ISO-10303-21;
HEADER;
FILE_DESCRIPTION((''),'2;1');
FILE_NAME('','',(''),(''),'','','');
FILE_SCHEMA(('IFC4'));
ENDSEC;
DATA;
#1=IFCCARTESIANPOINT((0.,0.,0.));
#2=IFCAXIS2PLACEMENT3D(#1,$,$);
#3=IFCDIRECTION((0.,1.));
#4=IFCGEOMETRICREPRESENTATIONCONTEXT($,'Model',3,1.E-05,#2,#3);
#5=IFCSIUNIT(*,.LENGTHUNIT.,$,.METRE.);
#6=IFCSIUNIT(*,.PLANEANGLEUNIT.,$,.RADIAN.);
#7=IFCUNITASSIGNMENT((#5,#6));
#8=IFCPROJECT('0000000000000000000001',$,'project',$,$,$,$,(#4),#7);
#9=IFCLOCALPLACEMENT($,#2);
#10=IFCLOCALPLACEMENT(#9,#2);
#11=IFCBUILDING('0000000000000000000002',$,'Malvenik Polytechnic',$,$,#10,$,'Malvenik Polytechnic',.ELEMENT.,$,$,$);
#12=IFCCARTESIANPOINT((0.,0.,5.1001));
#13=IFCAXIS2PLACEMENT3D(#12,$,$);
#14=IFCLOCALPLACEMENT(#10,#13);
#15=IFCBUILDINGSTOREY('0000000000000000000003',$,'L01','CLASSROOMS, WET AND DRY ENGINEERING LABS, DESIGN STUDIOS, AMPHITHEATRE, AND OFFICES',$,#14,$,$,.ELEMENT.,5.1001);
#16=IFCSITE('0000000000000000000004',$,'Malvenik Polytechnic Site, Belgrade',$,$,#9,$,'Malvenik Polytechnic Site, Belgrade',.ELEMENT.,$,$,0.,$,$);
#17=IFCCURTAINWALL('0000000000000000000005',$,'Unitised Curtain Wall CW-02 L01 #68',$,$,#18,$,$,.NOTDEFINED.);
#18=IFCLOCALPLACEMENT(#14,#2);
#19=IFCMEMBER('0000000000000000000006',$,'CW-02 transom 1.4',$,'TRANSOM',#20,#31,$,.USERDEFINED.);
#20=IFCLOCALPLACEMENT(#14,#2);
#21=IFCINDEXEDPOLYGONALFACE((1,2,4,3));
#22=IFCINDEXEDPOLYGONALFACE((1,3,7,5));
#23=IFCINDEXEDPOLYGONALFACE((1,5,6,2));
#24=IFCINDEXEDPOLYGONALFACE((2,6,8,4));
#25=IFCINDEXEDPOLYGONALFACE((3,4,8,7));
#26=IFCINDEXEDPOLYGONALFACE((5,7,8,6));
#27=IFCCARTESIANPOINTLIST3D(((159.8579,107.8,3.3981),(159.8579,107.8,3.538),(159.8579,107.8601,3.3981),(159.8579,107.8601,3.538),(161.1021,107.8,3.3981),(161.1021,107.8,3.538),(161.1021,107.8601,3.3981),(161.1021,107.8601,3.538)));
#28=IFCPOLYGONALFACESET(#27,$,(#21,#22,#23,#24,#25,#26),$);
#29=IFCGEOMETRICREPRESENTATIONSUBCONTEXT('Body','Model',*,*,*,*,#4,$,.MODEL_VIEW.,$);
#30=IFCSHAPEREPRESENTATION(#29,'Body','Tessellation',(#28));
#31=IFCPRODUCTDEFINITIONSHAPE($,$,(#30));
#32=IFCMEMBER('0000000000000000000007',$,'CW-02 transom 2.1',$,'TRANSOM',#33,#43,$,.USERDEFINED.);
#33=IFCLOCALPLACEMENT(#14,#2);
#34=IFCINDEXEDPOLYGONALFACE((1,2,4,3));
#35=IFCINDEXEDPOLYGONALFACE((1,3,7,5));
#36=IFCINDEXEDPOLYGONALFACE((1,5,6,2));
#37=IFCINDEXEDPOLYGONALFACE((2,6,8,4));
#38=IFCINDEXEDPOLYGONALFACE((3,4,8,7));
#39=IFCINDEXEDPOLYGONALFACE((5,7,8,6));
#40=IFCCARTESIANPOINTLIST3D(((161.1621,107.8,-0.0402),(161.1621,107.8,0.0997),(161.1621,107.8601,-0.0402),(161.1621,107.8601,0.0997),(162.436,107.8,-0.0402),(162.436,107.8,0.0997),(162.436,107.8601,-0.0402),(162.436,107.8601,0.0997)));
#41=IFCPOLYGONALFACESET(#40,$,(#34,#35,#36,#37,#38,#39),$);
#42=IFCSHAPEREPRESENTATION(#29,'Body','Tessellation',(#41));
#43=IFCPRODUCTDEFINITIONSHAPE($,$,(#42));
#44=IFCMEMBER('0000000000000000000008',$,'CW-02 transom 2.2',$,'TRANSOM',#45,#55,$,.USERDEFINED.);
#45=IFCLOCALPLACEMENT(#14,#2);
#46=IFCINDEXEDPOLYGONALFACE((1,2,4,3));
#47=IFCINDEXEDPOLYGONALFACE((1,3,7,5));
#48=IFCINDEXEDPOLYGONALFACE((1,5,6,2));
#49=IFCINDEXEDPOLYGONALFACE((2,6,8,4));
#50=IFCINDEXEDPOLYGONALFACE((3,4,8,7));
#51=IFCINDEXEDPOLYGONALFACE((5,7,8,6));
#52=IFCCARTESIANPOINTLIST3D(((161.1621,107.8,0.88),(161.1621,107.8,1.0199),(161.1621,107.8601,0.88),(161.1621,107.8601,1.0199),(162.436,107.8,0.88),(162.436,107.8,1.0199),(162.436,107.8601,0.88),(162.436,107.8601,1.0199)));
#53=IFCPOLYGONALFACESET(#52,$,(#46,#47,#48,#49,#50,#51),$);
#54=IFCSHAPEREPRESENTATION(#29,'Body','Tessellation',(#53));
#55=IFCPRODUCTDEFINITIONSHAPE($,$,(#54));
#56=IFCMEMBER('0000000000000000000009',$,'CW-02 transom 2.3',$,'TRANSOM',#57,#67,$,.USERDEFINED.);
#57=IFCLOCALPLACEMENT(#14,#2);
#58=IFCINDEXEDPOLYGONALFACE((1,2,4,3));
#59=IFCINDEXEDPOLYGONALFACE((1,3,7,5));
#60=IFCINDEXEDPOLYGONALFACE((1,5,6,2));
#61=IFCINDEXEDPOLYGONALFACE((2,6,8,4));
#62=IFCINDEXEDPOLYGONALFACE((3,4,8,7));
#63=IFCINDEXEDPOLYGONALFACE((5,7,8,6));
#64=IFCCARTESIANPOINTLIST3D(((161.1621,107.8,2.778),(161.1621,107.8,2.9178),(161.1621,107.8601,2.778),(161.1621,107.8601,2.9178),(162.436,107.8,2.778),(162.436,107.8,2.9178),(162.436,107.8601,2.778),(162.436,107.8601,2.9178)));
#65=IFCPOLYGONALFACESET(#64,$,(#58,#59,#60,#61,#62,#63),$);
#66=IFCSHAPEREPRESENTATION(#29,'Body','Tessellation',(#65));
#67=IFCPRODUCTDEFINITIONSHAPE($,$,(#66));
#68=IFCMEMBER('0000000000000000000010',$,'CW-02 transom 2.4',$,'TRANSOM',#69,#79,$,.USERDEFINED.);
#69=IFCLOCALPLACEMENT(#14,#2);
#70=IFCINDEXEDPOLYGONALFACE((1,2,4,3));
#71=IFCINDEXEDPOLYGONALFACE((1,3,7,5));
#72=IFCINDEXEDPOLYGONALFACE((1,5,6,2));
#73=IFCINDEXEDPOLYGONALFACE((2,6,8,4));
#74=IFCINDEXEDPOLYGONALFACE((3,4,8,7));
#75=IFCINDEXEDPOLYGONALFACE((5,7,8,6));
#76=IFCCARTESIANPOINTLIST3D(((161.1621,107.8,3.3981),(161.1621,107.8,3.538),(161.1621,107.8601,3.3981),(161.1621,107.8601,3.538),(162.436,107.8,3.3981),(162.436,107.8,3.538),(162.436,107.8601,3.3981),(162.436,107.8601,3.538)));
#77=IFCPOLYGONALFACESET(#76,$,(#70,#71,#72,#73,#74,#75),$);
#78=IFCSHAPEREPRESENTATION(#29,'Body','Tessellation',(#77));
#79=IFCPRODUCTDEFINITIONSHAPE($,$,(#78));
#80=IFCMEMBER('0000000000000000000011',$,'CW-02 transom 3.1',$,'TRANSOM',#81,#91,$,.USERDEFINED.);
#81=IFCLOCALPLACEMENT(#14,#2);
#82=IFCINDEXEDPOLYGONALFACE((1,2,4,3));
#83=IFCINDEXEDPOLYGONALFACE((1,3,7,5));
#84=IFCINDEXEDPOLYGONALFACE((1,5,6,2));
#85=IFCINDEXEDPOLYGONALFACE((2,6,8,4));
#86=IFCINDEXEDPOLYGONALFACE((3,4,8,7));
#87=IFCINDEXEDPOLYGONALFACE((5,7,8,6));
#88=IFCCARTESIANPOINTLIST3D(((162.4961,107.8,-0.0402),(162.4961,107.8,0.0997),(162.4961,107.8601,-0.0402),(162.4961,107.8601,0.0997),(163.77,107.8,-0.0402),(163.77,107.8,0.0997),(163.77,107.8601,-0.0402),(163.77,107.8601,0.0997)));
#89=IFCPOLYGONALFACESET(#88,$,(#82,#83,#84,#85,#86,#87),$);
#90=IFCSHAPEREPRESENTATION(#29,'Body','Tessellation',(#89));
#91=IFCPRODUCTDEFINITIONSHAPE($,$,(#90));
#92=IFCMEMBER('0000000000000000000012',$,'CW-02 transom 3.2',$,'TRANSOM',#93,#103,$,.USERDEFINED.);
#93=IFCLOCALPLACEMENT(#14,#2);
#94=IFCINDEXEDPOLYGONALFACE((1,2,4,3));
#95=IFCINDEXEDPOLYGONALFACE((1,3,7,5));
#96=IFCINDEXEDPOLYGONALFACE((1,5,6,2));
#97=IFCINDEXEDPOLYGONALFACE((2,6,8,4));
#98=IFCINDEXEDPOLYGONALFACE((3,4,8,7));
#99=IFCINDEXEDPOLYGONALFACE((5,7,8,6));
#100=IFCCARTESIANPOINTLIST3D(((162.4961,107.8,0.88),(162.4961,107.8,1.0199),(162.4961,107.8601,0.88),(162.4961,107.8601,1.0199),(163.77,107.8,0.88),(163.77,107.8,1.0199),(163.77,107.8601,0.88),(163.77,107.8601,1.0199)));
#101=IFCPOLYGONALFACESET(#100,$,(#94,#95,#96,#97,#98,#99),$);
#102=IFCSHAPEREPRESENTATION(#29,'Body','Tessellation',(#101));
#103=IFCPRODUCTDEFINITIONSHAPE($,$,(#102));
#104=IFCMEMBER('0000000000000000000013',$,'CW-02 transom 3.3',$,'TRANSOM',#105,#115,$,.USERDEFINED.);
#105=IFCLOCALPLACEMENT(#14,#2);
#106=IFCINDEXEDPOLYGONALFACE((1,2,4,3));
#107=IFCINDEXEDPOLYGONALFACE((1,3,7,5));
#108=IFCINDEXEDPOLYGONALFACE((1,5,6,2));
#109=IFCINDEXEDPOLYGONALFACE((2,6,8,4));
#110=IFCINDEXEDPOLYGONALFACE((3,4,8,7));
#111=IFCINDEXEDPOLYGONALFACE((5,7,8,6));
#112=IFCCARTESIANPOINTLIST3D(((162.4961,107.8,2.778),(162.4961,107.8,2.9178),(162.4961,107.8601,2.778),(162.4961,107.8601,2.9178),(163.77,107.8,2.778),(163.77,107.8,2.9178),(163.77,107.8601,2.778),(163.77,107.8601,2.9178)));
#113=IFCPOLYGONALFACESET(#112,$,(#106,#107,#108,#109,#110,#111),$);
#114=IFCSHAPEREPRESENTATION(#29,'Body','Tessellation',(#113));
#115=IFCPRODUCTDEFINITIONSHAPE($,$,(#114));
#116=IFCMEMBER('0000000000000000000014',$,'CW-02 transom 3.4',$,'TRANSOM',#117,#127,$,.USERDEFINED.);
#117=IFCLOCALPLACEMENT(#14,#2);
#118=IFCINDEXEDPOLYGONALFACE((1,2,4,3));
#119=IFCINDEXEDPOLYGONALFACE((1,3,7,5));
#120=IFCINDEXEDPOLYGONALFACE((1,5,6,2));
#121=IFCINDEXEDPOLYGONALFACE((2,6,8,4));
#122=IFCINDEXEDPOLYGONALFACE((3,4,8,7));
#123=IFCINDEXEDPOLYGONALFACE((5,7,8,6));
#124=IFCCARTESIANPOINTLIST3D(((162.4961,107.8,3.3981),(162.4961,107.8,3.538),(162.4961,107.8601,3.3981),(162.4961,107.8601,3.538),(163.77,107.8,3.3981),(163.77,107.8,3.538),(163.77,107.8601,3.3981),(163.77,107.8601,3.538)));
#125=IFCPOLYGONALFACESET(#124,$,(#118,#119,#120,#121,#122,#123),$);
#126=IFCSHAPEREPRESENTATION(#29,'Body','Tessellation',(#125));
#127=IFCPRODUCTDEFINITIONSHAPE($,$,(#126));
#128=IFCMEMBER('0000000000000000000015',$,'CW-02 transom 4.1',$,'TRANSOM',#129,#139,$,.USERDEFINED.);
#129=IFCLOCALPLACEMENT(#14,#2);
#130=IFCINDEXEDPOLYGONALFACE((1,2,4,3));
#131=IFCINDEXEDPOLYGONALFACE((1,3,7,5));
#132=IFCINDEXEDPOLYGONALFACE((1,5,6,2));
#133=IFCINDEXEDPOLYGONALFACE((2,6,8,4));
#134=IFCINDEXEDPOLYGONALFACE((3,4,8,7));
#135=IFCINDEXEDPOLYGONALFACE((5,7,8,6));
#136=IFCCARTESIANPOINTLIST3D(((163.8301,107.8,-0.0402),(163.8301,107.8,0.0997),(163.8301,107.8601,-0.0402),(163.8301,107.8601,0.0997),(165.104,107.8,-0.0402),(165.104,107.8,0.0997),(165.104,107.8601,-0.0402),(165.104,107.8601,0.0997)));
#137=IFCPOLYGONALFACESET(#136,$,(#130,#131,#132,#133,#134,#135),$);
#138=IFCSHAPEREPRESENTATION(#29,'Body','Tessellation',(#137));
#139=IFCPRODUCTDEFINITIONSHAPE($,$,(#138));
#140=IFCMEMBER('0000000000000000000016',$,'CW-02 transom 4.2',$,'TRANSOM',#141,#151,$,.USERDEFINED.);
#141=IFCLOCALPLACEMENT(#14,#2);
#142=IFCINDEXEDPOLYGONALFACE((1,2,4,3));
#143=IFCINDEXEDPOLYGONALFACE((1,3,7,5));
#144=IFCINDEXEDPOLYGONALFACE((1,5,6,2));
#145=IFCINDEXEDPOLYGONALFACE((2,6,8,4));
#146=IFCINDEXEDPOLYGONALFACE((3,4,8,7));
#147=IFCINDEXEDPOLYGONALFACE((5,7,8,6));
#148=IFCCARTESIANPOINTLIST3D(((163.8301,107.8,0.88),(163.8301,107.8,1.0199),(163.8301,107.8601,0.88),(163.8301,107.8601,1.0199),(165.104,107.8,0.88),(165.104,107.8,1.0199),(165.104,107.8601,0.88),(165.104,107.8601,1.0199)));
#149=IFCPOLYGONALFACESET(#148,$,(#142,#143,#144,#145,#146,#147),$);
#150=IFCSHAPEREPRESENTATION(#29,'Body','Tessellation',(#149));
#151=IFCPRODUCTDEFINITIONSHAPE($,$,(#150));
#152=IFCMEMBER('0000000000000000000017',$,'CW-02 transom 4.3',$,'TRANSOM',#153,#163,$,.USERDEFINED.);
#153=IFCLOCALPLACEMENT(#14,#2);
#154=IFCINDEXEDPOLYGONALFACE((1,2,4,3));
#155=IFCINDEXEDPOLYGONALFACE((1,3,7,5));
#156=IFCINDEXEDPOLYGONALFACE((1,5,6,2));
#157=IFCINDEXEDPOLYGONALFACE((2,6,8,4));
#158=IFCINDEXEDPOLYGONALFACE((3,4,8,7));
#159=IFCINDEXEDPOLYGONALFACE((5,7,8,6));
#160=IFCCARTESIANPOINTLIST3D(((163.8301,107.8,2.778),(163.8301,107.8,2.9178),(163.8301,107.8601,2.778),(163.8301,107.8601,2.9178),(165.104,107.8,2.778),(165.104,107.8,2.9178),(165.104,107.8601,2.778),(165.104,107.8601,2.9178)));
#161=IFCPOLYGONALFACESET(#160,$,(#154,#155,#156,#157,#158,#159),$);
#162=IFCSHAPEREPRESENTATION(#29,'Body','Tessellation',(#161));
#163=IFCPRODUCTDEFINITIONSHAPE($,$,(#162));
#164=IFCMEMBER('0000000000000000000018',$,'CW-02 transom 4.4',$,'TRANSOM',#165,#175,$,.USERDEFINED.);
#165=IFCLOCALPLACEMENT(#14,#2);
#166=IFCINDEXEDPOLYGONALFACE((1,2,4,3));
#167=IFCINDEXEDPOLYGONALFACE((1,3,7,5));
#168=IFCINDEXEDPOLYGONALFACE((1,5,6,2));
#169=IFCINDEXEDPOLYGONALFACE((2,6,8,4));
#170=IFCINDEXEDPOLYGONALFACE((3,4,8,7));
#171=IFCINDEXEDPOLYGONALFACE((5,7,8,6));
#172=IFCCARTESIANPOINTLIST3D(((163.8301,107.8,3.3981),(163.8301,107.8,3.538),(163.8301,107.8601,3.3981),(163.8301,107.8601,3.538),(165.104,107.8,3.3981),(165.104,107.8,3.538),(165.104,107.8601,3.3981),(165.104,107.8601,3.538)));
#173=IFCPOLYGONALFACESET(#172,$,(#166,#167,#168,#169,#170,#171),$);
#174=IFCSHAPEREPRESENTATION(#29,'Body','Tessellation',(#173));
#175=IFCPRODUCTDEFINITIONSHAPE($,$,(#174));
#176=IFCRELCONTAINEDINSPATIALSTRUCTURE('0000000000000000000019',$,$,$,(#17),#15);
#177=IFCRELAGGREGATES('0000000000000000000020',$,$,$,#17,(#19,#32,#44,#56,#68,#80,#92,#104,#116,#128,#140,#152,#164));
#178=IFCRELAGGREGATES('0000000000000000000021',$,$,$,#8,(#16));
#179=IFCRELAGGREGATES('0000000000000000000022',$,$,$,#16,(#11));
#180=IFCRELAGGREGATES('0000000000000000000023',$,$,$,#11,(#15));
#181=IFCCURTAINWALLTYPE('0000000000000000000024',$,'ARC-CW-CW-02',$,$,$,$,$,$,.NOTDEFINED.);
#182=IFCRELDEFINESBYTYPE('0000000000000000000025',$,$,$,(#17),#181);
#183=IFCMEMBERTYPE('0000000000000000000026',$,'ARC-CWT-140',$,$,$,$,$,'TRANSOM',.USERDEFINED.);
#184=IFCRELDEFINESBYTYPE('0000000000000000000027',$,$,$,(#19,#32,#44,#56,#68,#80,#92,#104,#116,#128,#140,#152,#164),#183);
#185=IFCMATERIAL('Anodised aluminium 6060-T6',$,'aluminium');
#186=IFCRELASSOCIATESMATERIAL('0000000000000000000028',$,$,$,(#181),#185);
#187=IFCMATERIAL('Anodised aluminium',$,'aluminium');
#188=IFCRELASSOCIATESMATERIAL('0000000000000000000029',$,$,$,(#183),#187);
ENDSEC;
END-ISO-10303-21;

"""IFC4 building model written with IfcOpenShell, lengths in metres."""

from ifc_helpers import new_model, si_unit, direction, frame, origin, origin_2d, place, context, subcontext, project, spatial, rectangle, extrude, material, material_profile, profile_set, type_object, element, aggregate, save


model = new_model("IFC4")

# Units and contexts
model_context = context("Model", 3, precision=1e-05, world=origin(), true_north=direction((0.0, 1.0)))
body_context = subcontext(model_context, "Body", "Model", "MODEL_VIEW")
ifc_project = project(units=[si_unit("LENGTHUNIT", "METRE"), si_unit("PLANEANGLEUNIT", "RADIAN")], contexts=[model_context])

# Site, building, storey
site_placement = place(None, origin())
site = spatial("IfcSite", under=ifc_project, at=site_placement, Name="Malvenik Polytechnic Site, Belgrade", LongName="Malvenik Polytechnic Site, Belgrade", CompositionType="ELEMENT", RefElevation=0.0)
building_placement = place(site_placement, origin())
building = spatial("IfcBuilding", under=site, at=building_placement, Name="Malvenik Polytechnic", LongName="Malvenik Polytechnic", CompositionType="ELEMENT")
storey_placement = place(building_placement, frame((0.0, 0.0, 5.1001)))
storey = spatial("IfcBuildingStorey", under=building, at=storey_placement, Name="L01", Description="CLASSROOMS, WET AND DRY ENGINEERING LABS, DESIGN STUDIOS, AMPHITHEATRE, AND OFFICES", CompositionType="ELEMENT", Elevation=5.1001)

# Curtain wall
ifc_material_1 = material(Name="Anodised aluminium 6060-T6", Category="aluminium")
curtain_wall_type = type_object("IfcCurtainWallType", Name="ARC-CW-CW-02", PredefinedType="NOTDEFINED", material=ifc_material_1)
curtain_wall_1_placement = place(storey_placement, origin())
curtain_wall_1 = element("IfcCurtainWall", 1, at=curtain_wall_1_placement, inside=storey, type_object=curtain_wall_type, Name="Unitised Curtain Wall CW-02 L01 #68", PredefinedType="NOTDEFINED")
ifc_material_2 = material(Name="Anodised aluminium", Category="aluminium")

# Members
ifc_material_profile_1 = material_profile(ifc_material_2, rectangle(XDim=0.0601, YDim=0.1399, at=origin_2d()), Name="ALU TRANSOM 60x140")
ifc_profile_set_1 = profile_set([ifc_material_profile_1], Name="Anodised aluminium")
member_type_1 = type_object("IfcMemberType", Name="ARC-CWT-140", ElementType="TRANSOM", PredefinedType="USERDEFINED", material=ifc_profile_set_1)
member_1_placement = place(storey_placement, frame((159.8579, 107.8301, 3.468), z_axis=(1.0, 0.0, 0.0), x_axis=(0.0, 1.0, 0.0)))
member_1 = element("IfcMember", 2, at=member_1_placement, type_object=member_type_1, Name="CW-02 transom 1.4", ObjectType="TRANSOM", PredefinedType="USERDEFINED", context=body_context, shape_type="SweptSolid", body=[
    extrude(rectangle(XDim=0.0601, YDim=0.1399, at=origin_2d()), origin(), (0.0, 0.0, 1.0), 1.2441),
])
member_2_placement = place(storey_placement, frame((161.1621, 107.8301, 0.0298), z_axis=(1.0, 0.0, 0.0), x_axis=(0.0, 1.0, 0.0)))
member_2 = element("IfcMember", 3, at=member_2_placement, type_object=member_type_1, Name="CW-02 transom 2.1", ObjectType="TRANSOM", PredefinedType="USERDEFINED", context=body_context, shape_type="SweptSolid", body=[
    extrude(rectangle(XDim=0.0601, YDim=0.1399, at=origin_2d()), origin(), (0.0, 0.0, 1.0), 1.2739),
])
member_3_placement = place(storey_placement, frame((161.1621, 107.8301, 0.95), z_axis=(1.0, 0.0, 0.0), x_axis=(0.0, 1.0, 0.0)))
member_3 = element("IfcMember", 4, at=member_3_placement, type_object=member_type_1, Name="CW-02 transom 2.2", ObjectType="TRANSOM", PredefinedType="USERDEFINED", context=body_context, shape_type="SweptSolid", body=[
    extrude(rectangle(XDim=0.0601, YDim=0.1399, at=origin_2d()), origin(), (0.0, 0.0, 1.0), 1.2739),
])
member_4_placement = place(storey_placement, frame((161.1621, 107.8301, 2.8479), z_axis=(1.0, 0.0, 0.0), x_axis=(0.0, 1.0, 0.0)))
member_4 = element("IfcMember", 5, at=member_4_placement, type_object=member_type_1, Name="CW-02 transom 2.3", ObjectType="TRANSOM", PredefinedType="USERDEFINED", context=body_context, shape_type="SweptSolid", body=[
    extrude(rectangle(XDim=0.0601, YDim=0.1399, at=origin_2d()), origin(), (0.0, 0.0, 1.0), 1.2739),
])
member_5_placement = place(storey_placement, frame((161.1621, 107.8301, 3.468), z_axis=(1.0, 0.0, 0.0), x_axis=(0.0, 1.0, 0.0)))
member_5 = element("IfcMember", 6, at=member_5_placement, type_object=member_type_1, Name="CW-02 transom 2.4", ObjectType="TRANSOM", PredefinedType="USERDEFINED", context=body_context, shape_type="SweptSolid", body=[
    extrude(rectangle(XDim=0.0601, YDim=0.1399, at=origin_2d()), origin(), (0.0, 0.0, 1.0), 1.2739),
])
member_6_placement = place(storey_placement, frame((162.4961, 107.8301, 0.0298), z_axis=(1.0, 0.0, 0.0), x_axis=(0.0, 1.0, 0.0)))
member_6 = element("IfcMember", 7, at=member_6_placement, type_object=member_type_1, Name="CW-02 transom 3.1", ObjectType="TRANSOM", PredefinedType="USERDEFINED", context=body_context, shape_type="SweptSolid", body=[
    extrude(rectangle(XDim=0.0601, YDim=0.1399, at=origin_2d()), origin(), (0.0, 0.0, 1.0), 1.2739),
])
member_7_placement = place(storey_placement, frame((162.4961, 107.8301, 0.95), z_axis=(1.0, 0.0, 0.0), x_axis=(0.0, 1.0, 0.0)))
member_7 = element("IfcMember", 8, at=member_7_placement, type_object=member_type_1, Name="CW-02 transom 3.2", ObjectType="TRANSOM", PredefinedType="USERDEFINED", context=body_context, shape_type="SweptSolid", body=[
    extrude(rectangle(XDim=0.0601, YDim=0.1399, at=origin_2d()), origin(), (0.0, 0.0, 1.0), 1.2739),
])
member_8_placement = place(storey_placement, frame((162.4961, 107.8301, 2.8479), z_axis=(1.0, 0.0, 0.0), x_axis=(0.0, 1.0, 0.0)))
member_8 = element("IfcMember", 9, at=member_8_placement, type_object=member_type_1, Name="CW-02 transom 3.3", ObjectType="TRANSOM", PredefinedType="USERDEFINED", context=body_context, shape_type="SweptSolid", body=[
    extrude(rectangle(XDim=0.0601, YDim=0.1399, at=origin_2d()), origin(), (0.0, 0.0, 1.0), 1.2739),
])
member_9_placement = place(storey_placement, frame((162.4961, 107.8301, 3.468), z_axis=(1.0, 0.0, 0.0), x_axis=(0.0, 1.0, 0.0)))
member_9 = element("IfcMember", 10, at=member_9_placement, type_object=member_type_1, Name="CW-02 transom 3.4", ObjectType="TRANSOM", PredefinedType="USERDEFINED", context=body_context, shape_type="SweptSolid", body=[
    extrude(rectangle(XDim=0.0601, YDim=0.1399, at=origin_2d()), origin(), (0.0, 0.0, 1.0), 1.2739),
])
member_10_placement = place(storey_placement, frame((163.8301, 107.8301, 0.0298), z_axis=(1.0, 0.0, 0.0), x_axis=(0.0, 1.0, 0.0)))
member_10 = element("IfcMember", 11, at=member_10_placement, type_object=member_type_1, Name="CW-02 transom 4.1", ObjectType="TRANSOM", PredefinedType="USERDEFINED", context=body_context, shape_type="SweptSolid", body=[
    extrude(rectangle(XDim=0.0601, YDim=0.1399, at=origin_2d()), origin(), (0.0, 0.0, 1.0), 1.2739),
])
member_11_placement = place(storey_placement, frame((163.8301, 107.8301, 0.95), z_axis=(1.0, 0.0, 0.0), x_axis=(0.0, 1.0, 0.0)))
member_11 = element("IfcMember", 12, at=member_11_placement, type_object=member_type_1, Name="CW-02 transom 4.2", ObjectType="TRANSOM", PredefinedType="USERDEFINED", context=body_context, shape_type="SweptSolid", body=[
    extrude(rectangle(XDim=0.0601, YDim=0.1399, at=origin_2d()), origin(), (0.0, 0.0, 1.0), 1.2739),
])
member_12_placement = place(storey_placement, frame((163.8301, 107.8301, 2.8479), z_axis=(1.0, 0.0, 0.0), x_axis=(0.0, 1.0, 0.0)))
member_12 = element("IfcMember", 13, at=member_12_placement, type_object=member_type_1, Name="CW-02 transom 4.3", ObjectType="TRANSOM", PredefinedType="USERDEFINED", context=body_context, shape_type="SweptSolid", body=[
    extrude(rectangle(XDim=0.0601, YDim=0.1399, at=origin_2d()), origin(), (0.0, 0.0, 1.0), 1.2739),
])
member_13_placement = place(storey_placement, frame((163.8301, 107.8301, 3.468), z_axis=(1.0, 0.0, 0.0), x_axis=(0.0, 1.0, 0.0)))
member_13 = element("IfcMember", 14, at=member_13_placement, type_object=member_type_1, Name="CW-02 transom 4.4", ObjectType="TRANSOM", PredefinedType="USERDEFINED", context=body_context, shape_type="SweptSolid", body=[
    extrude(rectangle(XDim=0.0601, YDim=0.1399, at=origin_2d()), origin(), (0.0, 0.0, 1.0), 1.2739),
])

aggregate(curtain_wall_1, [member_1, member_2, member_3, member_4, member_5, member_6, member_7, member_8, member_9, member_10, member_11, member_12, member_13])

save(model, "model.ifc")
